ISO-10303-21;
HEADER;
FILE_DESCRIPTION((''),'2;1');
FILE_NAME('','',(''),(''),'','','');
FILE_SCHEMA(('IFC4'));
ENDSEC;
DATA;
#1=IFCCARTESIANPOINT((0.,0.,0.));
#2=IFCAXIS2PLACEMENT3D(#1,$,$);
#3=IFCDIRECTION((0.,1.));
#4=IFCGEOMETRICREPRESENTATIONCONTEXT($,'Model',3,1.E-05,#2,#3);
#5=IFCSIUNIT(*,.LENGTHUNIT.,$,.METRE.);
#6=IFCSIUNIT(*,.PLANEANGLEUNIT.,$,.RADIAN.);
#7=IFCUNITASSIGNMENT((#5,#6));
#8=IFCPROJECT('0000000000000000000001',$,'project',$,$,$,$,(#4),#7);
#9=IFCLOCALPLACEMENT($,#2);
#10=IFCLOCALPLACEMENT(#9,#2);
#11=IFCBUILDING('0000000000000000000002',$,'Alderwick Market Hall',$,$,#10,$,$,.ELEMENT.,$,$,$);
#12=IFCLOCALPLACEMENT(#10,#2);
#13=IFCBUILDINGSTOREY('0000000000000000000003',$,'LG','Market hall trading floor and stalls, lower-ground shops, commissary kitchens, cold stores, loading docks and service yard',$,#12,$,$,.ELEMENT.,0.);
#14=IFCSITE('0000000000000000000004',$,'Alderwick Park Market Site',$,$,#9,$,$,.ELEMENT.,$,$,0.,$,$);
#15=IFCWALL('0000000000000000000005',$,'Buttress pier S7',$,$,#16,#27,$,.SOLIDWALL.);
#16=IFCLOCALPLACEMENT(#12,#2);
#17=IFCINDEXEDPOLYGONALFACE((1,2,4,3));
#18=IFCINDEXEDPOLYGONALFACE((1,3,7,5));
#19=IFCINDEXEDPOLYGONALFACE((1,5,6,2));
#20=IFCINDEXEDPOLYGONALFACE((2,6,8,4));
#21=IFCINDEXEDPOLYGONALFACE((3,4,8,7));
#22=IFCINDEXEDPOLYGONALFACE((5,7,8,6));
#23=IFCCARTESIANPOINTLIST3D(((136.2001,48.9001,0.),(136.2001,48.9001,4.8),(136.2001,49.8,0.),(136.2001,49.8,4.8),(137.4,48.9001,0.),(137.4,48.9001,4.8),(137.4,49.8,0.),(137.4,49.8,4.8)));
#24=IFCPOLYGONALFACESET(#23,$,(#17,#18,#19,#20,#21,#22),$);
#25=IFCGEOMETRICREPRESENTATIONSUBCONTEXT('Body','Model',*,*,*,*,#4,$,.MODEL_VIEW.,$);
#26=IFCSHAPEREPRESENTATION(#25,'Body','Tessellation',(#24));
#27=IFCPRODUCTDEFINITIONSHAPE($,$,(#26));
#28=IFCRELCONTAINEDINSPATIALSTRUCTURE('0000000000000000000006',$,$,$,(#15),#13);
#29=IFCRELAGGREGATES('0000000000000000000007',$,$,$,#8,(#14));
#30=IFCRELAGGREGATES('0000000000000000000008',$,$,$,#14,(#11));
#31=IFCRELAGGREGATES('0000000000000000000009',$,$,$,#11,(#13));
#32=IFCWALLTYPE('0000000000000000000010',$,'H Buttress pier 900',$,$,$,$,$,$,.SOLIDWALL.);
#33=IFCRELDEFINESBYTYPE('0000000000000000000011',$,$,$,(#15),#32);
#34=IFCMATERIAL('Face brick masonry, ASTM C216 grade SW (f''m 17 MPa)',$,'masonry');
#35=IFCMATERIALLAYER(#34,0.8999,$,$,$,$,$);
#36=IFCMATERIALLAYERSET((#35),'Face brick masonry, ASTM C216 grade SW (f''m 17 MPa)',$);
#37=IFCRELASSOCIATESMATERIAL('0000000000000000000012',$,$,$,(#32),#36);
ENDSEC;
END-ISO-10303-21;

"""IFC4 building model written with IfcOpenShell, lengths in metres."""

from ifc_helpers import new_model, si_unit, direction, frame, frame_2d, origin, place, context, subcontext, project, spatial, rectangle, extrude, material, layer, layer_set, type_object, element, save


model = new_model("IFC4")

# Units and contexts
model_context = context("Model", 3, precision=1e-05, world=origin(), true_north=direction((0.0, 1.0)))
body_context = subcontext(model_context, "Body", "Model", "MODEL_VIEW")
ifc_project = project(units=[si_unit("LENGTHUNIT", "METRE"), si_unit("PLANEANGLEUNIT", "RADIAN")], contexts=[model_context])

# Site, building, storey
site_placement = place(None, origin())
site = spatial("IfcSite", under=ifc_project, at=site_placement, Name="Alderwick Park Market Site", CompositionType="ELEMENT", RefElevation=0.0)
building_placement = place(site_placement, origin())
building = spatial("IfcBuilding", under=site, at=building_placement, Name="Alderwick Market Hall", CompositionType="ELEMENT")
storey_placement = place(building_placement, origin())
storey = spatial("IfcBuildingStorey", under=building, at=storey_placement, Name="LG", Description="Market hall trading floor and stalls, lower-ground shops, commissary kitchens, cold stores, loading docks and service yard", CompositionType="ELEMENT", Elevation=0.0)

# Wall
ifc_material_1 = material(Name="Face brick masonry, ASTM C216 grade SW (f'm 17 MPa)", Category="masonry")
ifc_layer_1 = layer(ifc_material_1, 0.8999)
ifc_layer_set_1 = layer_set([ifc_layer_1], Name="Face brick masonry, ASTM C216 grade SW (f'm 17 MPa)")
wall_type_1 = type_object("IfcWallType", Name="H Buttress pier 900", PredefinedType="SOLIDWALL", material=ifc_layer_set_1)
wall_1_placement = place(storey_placement, frame((136.2, 49.3501, 0.0), z_axis=(0.0, 0.0, 1.0), x_axis=(1.0, 0.0, 0.0)))
element("IfcWall", 1, at=wall_1_placement, inside=storey, type_object=wall_type_1, Name="Buttress pier S7", PredefinedType="SOLIDWALL", context=body_context, shape_type="SweptSolid", body=[
    extrude(rectangle(XDim=1.2, YDim=0.8999, at=frame_2d((0.6001, 0.0))), origin(), (0.0, 0.0, 1.0), 4.8),
])

save(model, "model.ifc")
